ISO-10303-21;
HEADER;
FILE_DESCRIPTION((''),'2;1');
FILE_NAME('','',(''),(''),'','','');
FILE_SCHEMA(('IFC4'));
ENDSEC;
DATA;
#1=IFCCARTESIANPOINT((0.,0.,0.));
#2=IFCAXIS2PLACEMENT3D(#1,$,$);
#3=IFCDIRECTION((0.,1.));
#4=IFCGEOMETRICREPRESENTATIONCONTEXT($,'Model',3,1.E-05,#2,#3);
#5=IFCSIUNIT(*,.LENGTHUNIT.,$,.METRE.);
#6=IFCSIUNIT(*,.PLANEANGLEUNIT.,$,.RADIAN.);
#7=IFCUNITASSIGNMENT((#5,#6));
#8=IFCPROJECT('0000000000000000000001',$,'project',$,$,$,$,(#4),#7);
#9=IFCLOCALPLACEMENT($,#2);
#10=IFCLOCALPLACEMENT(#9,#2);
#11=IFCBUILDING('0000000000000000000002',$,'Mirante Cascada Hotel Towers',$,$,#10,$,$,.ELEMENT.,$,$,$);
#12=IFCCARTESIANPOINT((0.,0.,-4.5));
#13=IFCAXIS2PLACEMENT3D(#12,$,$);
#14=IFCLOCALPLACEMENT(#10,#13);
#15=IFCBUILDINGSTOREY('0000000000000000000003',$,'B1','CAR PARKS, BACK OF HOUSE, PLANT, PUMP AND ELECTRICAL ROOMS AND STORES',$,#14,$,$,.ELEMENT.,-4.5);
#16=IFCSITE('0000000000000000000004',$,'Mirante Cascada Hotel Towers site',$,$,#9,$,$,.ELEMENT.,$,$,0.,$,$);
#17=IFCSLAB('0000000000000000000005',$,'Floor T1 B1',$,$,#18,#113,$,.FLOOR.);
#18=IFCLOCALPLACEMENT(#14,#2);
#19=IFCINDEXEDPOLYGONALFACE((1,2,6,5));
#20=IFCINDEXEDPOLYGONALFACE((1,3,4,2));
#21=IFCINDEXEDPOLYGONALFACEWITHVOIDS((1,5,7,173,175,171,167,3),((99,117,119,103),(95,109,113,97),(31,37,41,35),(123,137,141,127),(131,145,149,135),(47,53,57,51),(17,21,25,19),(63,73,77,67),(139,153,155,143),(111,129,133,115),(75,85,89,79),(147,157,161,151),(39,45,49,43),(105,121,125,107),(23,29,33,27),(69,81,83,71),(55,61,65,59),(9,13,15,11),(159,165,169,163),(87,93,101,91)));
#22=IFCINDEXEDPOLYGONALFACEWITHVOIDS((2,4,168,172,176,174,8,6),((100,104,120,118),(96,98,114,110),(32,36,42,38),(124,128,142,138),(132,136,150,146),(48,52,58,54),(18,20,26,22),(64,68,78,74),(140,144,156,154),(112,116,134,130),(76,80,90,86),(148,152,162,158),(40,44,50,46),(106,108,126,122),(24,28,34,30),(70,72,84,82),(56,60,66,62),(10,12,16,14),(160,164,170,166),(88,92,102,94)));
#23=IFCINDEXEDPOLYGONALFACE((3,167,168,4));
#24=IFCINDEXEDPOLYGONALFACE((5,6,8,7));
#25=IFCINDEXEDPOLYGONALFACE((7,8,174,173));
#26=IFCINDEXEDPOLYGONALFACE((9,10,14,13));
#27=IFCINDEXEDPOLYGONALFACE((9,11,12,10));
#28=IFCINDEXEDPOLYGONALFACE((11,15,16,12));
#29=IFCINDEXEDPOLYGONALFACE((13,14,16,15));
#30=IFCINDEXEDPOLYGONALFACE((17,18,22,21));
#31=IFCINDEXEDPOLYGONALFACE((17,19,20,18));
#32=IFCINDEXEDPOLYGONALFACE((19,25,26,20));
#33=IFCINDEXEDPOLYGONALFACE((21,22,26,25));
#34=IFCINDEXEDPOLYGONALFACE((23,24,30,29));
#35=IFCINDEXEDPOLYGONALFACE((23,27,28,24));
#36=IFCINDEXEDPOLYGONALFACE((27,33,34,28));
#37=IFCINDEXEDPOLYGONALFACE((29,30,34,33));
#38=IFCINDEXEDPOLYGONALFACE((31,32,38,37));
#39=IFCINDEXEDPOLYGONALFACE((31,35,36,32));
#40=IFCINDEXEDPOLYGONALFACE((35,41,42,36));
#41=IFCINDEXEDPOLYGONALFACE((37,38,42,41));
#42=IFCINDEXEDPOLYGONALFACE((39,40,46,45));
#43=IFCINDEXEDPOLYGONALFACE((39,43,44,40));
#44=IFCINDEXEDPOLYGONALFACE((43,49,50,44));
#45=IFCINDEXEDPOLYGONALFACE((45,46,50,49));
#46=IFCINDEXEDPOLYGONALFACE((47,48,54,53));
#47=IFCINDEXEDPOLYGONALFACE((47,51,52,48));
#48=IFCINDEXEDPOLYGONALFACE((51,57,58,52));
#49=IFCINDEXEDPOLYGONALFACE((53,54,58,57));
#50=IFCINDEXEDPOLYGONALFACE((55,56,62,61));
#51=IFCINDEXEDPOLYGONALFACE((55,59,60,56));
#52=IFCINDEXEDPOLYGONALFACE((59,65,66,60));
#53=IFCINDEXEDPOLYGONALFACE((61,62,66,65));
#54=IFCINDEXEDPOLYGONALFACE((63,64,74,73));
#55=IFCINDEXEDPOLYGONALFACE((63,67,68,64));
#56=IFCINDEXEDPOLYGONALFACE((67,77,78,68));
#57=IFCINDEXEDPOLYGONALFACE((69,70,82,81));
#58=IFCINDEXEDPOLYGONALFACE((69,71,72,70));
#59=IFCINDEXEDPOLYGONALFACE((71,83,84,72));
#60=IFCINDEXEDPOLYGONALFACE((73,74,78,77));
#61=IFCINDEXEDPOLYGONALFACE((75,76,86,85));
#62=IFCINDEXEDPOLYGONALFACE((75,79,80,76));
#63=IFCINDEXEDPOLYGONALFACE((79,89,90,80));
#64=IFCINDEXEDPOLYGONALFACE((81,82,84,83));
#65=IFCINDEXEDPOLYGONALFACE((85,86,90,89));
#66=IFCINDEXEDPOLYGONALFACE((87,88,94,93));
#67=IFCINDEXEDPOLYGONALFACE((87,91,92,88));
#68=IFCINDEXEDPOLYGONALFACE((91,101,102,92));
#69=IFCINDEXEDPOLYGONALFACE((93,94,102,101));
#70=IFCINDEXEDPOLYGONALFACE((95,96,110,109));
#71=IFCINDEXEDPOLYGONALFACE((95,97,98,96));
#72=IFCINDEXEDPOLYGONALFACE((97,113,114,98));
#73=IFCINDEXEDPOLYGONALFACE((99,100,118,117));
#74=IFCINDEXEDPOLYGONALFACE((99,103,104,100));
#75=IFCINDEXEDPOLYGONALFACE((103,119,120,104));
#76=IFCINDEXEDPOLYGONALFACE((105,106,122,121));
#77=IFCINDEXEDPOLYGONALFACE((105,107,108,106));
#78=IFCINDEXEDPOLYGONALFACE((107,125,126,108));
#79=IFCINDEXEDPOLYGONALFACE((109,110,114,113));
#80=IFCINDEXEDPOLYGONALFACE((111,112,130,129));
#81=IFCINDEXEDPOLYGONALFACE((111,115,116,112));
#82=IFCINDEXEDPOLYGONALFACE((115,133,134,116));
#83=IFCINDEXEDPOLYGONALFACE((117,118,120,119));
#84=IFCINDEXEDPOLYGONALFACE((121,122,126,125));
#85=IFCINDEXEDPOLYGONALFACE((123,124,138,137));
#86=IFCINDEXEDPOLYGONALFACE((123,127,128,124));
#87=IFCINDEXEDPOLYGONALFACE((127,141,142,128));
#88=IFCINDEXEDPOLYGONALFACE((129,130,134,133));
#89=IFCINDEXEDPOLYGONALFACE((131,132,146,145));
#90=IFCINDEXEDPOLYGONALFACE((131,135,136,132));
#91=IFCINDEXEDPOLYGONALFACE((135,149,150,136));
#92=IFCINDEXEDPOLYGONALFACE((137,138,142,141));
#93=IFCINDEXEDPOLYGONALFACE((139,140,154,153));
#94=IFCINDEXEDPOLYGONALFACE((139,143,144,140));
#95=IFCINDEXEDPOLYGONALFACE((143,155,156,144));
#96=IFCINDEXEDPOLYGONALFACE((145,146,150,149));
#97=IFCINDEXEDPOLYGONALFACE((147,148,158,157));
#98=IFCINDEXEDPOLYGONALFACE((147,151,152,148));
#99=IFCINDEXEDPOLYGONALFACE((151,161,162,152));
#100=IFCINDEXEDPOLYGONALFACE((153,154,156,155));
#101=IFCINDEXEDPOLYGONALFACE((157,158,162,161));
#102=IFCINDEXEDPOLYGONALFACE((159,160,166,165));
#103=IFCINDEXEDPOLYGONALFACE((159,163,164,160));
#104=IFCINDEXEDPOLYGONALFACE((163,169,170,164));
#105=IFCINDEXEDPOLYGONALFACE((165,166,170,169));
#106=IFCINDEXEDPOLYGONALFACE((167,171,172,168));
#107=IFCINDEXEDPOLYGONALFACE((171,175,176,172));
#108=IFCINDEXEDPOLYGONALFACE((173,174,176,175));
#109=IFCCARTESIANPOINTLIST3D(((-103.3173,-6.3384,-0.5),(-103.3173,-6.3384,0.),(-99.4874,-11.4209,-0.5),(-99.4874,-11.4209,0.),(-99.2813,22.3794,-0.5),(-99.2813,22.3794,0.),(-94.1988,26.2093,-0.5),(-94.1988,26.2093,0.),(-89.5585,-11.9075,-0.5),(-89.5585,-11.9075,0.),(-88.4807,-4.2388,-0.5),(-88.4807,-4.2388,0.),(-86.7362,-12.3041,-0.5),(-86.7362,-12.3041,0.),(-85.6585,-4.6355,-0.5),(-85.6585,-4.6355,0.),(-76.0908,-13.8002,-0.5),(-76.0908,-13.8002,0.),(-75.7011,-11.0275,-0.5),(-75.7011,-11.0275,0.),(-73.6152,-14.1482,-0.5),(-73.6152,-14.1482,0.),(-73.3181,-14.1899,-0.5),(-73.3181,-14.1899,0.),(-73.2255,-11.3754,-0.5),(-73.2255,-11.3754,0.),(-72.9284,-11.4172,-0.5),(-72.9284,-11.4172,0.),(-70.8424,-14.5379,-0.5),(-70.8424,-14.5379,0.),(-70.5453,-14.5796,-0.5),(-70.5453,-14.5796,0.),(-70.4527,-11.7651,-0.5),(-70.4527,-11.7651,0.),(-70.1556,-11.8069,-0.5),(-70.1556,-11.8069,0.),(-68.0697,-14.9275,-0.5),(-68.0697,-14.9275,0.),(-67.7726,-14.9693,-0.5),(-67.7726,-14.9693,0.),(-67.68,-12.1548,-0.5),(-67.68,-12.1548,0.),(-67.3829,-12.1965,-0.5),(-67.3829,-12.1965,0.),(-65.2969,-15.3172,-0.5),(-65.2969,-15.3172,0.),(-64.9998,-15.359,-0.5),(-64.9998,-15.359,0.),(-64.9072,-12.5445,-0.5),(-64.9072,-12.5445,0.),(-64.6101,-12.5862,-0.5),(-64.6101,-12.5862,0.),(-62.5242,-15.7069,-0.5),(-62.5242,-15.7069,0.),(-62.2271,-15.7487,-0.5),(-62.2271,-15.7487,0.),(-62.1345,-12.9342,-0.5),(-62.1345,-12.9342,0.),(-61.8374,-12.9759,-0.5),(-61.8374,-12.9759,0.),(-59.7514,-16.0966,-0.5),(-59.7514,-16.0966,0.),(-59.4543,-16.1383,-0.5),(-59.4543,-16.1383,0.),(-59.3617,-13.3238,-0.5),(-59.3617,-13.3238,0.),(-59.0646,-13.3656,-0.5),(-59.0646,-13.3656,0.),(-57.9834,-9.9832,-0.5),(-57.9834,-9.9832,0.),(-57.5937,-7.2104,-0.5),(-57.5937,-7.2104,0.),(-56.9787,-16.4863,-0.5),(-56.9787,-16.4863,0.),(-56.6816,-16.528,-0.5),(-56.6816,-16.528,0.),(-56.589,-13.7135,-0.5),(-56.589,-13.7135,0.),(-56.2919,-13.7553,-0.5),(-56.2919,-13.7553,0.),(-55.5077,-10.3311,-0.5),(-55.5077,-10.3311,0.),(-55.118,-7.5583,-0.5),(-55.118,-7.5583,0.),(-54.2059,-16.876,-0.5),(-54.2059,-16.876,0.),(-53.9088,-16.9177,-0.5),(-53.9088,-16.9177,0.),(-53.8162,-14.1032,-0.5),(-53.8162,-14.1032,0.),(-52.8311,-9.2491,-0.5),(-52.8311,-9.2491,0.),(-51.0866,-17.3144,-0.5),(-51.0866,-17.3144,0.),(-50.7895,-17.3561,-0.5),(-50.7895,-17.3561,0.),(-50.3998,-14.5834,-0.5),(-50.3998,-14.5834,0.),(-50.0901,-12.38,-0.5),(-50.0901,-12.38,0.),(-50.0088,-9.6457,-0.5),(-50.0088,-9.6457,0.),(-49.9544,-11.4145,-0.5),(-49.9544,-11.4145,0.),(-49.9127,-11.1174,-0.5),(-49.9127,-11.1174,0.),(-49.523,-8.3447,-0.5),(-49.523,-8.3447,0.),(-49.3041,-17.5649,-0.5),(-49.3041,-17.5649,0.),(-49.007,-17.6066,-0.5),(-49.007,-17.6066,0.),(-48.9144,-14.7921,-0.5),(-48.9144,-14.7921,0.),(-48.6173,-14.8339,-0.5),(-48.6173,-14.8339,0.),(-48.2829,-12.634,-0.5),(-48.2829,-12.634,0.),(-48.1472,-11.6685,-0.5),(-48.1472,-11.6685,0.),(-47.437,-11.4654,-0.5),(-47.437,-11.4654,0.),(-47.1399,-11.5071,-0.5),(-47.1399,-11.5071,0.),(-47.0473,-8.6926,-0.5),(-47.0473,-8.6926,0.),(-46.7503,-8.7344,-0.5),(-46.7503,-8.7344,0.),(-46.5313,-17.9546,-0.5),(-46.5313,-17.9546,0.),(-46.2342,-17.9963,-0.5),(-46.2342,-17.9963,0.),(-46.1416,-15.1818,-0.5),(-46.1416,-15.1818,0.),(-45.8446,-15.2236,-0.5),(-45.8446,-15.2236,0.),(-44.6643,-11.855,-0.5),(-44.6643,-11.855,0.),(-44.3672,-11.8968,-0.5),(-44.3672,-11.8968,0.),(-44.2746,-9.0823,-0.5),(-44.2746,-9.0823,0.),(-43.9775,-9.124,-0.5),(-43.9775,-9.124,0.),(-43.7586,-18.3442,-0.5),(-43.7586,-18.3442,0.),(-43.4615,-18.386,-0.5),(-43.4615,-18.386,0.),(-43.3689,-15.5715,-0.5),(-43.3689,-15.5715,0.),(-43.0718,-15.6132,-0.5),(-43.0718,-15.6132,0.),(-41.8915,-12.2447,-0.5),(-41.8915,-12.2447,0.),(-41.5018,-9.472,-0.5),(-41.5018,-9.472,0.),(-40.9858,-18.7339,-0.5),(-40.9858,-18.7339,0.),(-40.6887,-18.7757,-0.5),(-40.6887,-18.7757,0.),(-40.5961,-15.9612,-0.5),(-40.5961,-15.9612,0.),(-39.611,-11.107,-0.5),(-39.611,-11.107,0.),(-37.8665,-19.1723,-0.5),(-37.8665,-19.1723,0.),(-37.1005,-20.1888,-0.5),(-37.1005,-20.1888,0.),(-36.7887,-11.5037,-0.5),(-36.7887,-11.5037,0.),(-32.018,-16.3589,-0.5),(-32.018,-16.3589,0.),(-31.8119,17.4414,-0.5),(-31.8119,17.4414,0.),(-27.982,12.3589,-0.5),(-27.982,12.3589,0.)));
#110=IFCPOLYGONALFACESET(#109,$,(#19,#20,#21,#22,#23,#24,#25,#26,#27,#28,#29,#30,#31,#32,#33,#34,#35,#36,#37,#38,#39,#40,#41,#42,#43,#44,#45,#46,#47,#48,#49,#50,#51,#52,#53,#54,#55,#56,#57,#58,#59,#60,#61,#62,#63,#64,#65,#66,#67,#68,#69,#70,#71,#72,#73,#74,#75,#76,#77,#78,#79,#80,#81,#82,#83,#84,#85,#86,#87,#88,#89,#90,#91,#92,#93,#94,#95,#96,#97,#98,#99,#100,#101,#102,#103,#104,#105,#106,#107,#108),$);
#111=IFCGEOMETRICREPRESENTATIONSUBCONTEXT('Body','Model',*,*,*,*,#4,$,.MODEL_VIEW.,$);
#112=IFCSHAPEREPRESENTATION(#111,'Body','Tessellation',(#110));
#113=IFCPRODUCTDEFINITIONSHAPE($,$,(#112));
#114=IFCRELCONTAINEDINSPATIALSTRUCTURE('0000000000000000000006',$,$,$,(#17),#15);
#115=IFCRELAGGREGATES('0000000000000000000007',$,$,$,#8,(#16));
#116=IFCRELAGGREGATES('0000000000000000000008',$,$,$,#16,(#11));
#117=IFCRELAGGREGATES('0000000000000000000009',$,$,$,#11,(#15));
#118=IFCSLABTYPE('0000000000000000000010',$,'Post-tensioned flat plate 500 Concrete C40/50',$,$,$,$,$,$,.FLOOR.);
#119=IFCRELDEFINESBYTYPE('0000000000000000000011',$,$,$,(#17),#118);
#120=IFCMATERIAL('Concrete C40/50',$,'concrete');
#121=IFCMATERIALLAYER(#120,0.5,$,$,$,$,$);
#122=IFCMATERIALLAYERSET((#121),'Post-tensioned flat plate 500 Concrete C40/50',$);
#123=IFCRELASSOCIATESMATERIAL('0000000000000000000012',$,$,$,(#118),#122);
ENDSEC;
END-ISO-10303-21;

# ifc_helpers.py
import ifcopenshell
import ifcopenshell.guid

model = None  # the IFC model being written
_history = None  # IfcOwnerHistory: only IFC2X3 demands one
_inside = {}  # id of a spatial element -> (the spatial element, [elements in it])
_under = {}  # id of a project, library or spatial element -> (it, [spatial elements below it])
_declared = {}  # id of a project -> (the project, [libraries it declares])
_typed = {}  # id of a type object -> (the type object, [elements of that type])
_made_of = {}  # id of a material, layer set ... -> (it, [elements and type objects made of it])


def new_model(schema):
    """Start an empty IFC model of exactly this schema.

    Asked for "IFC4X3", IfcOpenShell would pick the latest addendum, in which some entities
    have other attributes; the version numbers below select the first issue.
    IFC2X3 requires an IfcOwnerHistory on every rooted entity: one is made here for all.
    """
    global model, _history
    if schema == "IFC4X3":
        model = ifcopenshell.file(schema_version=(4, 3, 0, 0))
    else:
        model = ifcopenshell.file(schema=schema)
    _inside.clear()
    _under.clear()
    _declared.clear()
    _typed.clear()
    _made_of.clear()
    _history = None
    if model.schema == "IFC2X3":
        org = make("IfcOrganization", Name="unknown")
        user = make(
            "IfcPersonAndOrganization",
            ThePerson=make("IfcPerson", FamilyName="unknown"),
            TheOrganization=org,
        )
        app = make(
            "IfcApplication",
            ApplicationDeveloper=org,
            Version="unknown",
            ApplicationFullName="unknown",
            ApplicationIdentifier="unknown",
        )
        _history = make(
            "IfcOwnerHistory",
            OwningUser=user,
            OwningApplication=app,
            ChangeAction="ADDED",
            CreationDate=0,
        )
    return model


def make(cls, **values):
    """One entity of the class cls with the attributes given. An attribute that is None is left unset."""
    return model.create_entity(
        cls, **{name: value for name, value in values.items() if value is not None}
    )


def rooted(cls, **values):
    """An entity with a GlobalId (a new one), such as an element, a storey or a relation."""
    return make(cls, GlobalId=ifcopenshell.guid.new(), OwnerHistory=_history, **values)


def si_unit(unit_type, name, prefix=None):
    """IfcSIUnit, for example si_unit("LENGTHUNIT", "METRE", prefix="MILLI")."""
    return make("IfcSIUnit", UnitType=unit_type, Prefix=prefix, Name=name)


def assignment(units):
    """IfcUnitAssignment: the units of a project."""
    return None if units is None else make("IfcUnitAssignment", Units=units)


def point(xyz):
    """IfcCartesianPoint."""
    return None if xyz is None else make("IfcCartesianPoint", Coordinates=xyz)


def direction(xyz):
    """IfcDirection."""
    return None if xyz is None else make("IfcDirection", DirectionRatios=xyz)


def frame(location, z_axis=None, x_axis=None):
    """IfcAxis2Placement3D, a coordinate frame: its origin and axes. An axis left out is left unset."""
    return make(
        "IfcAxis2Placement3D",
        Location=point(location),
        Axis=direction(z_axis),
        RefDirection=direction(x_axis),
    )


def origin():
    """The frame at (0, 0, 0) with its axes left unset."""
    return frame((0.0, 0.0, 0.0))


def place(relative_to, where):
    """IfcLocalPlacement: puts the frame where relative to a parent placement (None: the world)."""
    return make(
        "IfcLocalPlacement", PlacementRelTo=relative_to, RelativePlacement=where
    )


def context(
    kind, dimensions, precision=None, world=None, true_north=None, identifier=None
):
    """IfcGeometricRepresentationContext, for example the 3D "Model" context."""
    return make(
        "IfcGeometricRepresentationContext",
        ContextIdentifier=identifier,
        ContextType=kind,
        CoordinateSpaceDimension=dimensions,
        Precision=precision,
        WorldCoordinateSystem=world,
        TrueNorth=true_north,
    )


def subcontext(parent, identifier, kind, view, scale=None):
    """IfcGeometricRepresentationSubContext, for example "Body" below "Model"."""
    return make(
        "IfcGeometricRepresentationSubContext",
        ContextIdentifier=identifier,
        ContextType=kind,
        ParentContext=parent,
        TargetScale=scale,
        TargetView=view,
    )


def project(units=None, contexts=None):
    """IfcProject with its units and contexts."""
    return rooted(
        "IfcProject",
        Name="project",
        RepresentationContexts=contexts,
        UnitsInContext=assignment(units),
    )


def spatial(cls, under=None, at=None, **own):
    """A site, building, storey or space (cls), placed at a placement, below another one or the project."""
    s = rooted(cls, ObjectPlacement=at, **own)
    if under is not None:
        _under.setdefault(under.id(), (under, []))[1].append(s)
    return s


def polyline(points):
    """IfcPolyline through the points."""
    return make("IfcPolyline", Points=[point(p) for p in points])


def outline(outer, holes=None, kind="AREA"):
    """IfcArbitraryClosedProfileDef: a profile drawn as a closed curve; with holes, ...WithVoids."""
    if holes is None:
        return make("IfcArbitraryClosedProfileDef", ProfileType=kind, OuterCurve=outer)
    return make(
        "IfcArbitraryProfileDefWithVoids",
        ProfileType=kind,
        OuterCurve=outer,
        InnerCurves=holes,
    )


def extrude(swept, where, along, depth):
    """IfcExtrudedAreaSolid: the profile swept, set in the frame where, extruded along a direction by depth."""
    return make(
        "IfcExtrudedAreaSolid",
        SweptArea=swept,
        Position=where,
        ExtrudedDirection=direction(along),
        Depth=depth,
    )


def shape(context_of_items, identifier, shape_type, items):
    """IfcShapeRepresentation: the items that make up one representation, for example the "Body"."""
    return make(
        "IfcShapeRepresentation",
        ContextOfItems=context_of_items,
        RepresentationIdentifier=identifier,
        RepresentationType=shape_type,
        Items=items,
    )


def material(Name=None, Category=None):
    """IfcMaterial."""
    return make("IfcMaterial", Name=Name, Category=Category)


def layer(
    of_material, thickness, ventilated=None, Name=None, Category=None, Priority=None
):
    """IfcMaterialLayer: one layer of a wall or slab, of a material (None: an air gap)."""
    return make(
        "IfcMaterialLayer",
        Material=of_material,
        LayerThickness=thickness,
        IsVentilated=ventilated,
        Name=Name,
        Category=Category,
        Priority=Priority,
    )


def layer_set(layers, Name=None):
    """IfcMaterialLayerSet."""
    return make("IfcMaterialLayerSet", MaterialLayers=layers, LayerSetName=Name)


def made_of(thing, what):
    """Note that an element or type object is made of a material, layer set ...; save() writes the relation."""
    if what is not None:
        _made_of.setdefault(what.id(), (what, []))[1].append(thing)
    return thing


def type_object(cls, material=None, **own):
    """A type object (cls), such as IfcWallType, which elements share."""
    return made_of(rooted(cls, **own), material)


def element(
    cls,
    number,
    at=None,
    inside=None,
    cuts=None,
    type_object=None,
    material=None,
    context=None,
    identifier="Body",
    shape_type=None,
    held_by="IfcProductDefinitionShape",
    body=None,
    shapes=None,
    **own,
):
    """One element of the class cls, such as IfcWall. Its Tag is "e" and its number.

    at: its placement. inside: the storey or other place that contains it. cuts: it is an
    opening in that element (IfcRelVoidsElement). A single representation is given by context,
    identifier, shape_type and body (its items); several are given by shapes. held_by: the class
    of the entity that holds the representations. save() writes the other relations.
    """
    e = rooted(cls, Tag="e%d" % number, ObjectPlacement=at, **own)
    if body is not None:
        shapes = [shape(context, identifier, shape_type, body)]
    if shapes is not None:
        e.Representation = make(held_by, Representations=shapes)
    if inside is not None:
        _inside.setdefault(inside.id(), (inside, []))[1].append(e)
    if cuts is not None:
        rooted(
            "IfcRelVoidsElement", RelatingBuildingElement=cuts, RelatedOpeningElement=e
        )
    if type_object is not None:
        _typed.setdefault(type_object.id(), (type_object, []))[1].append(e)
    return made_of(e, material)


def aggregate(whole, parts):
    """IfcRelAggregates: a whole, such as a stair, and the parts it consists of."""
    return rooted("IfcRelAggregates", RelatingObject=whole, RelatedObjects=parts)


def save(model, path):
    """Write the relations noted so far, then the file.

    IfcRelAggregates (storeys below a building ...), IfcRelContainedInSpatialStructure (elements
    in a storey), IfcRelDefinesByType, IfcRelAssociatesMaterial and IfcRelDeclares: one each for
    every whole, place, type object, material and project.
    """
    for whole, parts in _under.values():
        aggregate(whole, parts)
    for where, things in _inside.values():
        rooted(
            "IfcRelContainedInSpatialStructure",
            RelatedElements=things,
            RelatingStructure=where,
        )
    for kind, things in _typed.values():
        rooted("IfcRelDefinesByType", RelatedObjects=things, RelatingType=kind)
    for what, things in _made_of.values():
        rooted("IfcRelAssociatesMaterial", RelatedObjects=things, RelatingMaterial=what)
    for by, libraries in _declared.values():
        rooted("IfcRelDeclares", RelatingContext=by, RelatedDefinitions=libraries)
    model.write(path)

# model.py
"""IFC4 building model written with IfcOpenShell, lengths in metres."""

from ifc_helpers import new_model, si_unit, direction, frame, origin, place, context, subcontext, project, spatial, polyline, outline, extrude, material, layer, layer_set, type_object, element, save


model = new_model("IFC4")

# Units and contexts
model_context = context("Model", 3, precision=1e-05, world=origin(), true_north=direction((0.0, 1.0)))
body_context = subcontext(model_context, "Body", "Model", "MODEL_VIEW")
ifc_project = project(units=[si_unit("LENGTHUNIT", "METRE"), si_unit("PLANEANGLEUNIT", "RADIAN")], contexts=[model_context])

# Site, building, storey
site_placement = place(None, origin())
site = spatial("IfcSite", under=ifc_project, at=site_placement, Name="Mirante Cascada Hotel Towers site", CompositionType="ELEMENT", RefElevation=0.0)
building_placement = place(site_placement, origin())
building = spatial("IfcBuilding", under=site, at=building_placement, Name="Mirante Cascada Hotel Towers", CompositionType="ELEMENT")
storey_placement = place(building_placement, frame((0.0, 0.0, -4.5)))
storey = spatial("IfcBuildingStorey", under=building, at=storey_placement, Name="B1", Description="CAR PARKS, BACK OF HOUSE, PLANT, PUMP AND ELECTRICAL ROOMS AND STORES", CompositionType="ELEMENT", Elevation=-4.5)

# Slab
ifc_material_1 = material(Name="Concrete C40/50", Category="concrete")
ifc_layer_1 = layer(ifc_material_1, 0.5)
ifc_layer_set_1 = layer_set([ifc_layer_1], Name="Post-tensioned flat plate 500 Concrete C40/50")
slab_type_1 = type_object("IfcSlabType", Name="Post-tensioned flat plate 500 Concrete C40/50", PredefinedType="FLOOR", material=ifc_layer_set_1)
slab_1_placement = place(storey_placement, frame((0.0, 0.0, -0.5)))
element("IfcSlab", 1, at=slab_1_placement, inside=storey, type_object=slab_type_1, Name="Floor T1 B1", PredefinedType="FLOOR", context=body_context, shape_type="SweptSolid", body=[
    extrude(outline(polyline([(-32.018, -16.3589), (-27.982, 12.3589), (-31.8119, 17.4414), (-94.1988, 26.2093), (-99.2813, 22.3794), (-103.3173, -6.3384), (-99.4874, -11.4209), (-37.1005, -20.1888), (-32.018, -16.3589)]), holes=[polyline([(-43.0718, -15.6132), (-40.5961, -15.9612), (-40.9858, -18.7339), (-43.4615, -18.386), (-43.0718, -15.6132)]), polyline([(-45.8446, -15.2236), (-43.3689, -15.5715), (-43.7586, -18.3442), (-46.2342, -17.9963), (-45.8446, -15.2236)]), polyline([(-48.6173, -14.8339), (-46.1416, -15.1818), (-46.5313, -17.9546), (-49.007, -17.6066), (-48.6173, -14.8339)]), polyline([(-50.7895, -17.3561), (-50.3998, -14.5834), (-48.9144, -14.7921), (-49.3041, -17.5649), (-50.7895, -17.3561)]), polyline([(-39.611, -11.107), (-36.7887, -11.5037), (-37.8665, -19.1723), (-40.6887, -18.7757), (-39.611, -11.107)]), polyline([(-50.0088, -9.6457), (-51.0866, -17.3144), (-53.9088, -16.9177), (-52.8311, -9.2491), (-50.0088, -9.6457)]), polyline([(-49.9544, -11.4145), (-48.1472, -11.6685), (-48.2829, -12.634), (-50.0901, -12.38), (-49.9544, -11.4145)]), polyline([(-43.9775, -9.124), (-41.5018, -9.472), (-41.8915, -12.2447), (-44.3672, -11.8968), (-43.9775, -9.124)]), polyline([(-47.1399, -11.5071), (-46.7503, -8.7344), (-44.2746, -9.0823), (-44.6643, -11.855), (-47.1399, -11.5071)]), polyline([(-49.9127, -11.1174), (-49.523, -8.3447), (-47.0473, -8.6926), (-47.437, -11.4654), (-49.9127, -11.1174)]), polyline([(-56.2919, -13.7553), (-53.8162, -14.1032), (-54.2059, -16.876), (-56.6816, -16.528), (-56.2919, -13.7553)]), polyline([(-59.0646, -13.3656), (-56.589, -13.7135), (-56.9787, -16.4863), (-59.4543, -16.1383), (-59.0646, -13.3656)]), polyline([(-61.8374, -12.9759), (-59.3617, -13.3238), (-59.7514, -16.0966), (-62.2271, -15.7487), (-61.8374, -12.9759)]), polyline([(-64.9998, -15.359), (-64.6101, -12.5862), (-62.1345, -12.9342), (-62.5242, -15.7069), (-64.9998, -15.359)]), polyline([(-67.7726, -14.9693), (-67.3829, -12.1965), (-64.9072, -12.5445), (-65.2969, -15.3172), (-67.7726, -14.9693)]), polyline([(-70.1556, -11.8069), (-67.68, -12.1548), (-68.0697, -14.9275), (-70.5453, -14.5796), (-70.1556, -11.8069)]), polyline([(-72.9284, -11.4172), (-70.4527, -11.7651), (-70.8424, -14.5379), (-73.3181, -14.1899), (-72.9284, -11.4172)]), polyline([(-75.7011, -11.0275), (-73.2255, -11.3754), (-73.6152, -14.1482), (-76.0908, -13.8002), (-75.7011, -11.0275)]), polyline([(-88.4807, -4.2388), (-85.6585, -4.6355), (-86.7362, -12.3041), (-89.5585, -11.9075), (-88.4807, -4.2388)]), polyline([(-57.9834, -9.9832), (-57.5937, -7.2104), (-55.118, -7.5583), (-55.5077, -10.3311), (-57.9834, -9.9832)])]), origin(), (0.0, 0.0, 1.0), 0.5),
])

save(model, "model.ifc")
